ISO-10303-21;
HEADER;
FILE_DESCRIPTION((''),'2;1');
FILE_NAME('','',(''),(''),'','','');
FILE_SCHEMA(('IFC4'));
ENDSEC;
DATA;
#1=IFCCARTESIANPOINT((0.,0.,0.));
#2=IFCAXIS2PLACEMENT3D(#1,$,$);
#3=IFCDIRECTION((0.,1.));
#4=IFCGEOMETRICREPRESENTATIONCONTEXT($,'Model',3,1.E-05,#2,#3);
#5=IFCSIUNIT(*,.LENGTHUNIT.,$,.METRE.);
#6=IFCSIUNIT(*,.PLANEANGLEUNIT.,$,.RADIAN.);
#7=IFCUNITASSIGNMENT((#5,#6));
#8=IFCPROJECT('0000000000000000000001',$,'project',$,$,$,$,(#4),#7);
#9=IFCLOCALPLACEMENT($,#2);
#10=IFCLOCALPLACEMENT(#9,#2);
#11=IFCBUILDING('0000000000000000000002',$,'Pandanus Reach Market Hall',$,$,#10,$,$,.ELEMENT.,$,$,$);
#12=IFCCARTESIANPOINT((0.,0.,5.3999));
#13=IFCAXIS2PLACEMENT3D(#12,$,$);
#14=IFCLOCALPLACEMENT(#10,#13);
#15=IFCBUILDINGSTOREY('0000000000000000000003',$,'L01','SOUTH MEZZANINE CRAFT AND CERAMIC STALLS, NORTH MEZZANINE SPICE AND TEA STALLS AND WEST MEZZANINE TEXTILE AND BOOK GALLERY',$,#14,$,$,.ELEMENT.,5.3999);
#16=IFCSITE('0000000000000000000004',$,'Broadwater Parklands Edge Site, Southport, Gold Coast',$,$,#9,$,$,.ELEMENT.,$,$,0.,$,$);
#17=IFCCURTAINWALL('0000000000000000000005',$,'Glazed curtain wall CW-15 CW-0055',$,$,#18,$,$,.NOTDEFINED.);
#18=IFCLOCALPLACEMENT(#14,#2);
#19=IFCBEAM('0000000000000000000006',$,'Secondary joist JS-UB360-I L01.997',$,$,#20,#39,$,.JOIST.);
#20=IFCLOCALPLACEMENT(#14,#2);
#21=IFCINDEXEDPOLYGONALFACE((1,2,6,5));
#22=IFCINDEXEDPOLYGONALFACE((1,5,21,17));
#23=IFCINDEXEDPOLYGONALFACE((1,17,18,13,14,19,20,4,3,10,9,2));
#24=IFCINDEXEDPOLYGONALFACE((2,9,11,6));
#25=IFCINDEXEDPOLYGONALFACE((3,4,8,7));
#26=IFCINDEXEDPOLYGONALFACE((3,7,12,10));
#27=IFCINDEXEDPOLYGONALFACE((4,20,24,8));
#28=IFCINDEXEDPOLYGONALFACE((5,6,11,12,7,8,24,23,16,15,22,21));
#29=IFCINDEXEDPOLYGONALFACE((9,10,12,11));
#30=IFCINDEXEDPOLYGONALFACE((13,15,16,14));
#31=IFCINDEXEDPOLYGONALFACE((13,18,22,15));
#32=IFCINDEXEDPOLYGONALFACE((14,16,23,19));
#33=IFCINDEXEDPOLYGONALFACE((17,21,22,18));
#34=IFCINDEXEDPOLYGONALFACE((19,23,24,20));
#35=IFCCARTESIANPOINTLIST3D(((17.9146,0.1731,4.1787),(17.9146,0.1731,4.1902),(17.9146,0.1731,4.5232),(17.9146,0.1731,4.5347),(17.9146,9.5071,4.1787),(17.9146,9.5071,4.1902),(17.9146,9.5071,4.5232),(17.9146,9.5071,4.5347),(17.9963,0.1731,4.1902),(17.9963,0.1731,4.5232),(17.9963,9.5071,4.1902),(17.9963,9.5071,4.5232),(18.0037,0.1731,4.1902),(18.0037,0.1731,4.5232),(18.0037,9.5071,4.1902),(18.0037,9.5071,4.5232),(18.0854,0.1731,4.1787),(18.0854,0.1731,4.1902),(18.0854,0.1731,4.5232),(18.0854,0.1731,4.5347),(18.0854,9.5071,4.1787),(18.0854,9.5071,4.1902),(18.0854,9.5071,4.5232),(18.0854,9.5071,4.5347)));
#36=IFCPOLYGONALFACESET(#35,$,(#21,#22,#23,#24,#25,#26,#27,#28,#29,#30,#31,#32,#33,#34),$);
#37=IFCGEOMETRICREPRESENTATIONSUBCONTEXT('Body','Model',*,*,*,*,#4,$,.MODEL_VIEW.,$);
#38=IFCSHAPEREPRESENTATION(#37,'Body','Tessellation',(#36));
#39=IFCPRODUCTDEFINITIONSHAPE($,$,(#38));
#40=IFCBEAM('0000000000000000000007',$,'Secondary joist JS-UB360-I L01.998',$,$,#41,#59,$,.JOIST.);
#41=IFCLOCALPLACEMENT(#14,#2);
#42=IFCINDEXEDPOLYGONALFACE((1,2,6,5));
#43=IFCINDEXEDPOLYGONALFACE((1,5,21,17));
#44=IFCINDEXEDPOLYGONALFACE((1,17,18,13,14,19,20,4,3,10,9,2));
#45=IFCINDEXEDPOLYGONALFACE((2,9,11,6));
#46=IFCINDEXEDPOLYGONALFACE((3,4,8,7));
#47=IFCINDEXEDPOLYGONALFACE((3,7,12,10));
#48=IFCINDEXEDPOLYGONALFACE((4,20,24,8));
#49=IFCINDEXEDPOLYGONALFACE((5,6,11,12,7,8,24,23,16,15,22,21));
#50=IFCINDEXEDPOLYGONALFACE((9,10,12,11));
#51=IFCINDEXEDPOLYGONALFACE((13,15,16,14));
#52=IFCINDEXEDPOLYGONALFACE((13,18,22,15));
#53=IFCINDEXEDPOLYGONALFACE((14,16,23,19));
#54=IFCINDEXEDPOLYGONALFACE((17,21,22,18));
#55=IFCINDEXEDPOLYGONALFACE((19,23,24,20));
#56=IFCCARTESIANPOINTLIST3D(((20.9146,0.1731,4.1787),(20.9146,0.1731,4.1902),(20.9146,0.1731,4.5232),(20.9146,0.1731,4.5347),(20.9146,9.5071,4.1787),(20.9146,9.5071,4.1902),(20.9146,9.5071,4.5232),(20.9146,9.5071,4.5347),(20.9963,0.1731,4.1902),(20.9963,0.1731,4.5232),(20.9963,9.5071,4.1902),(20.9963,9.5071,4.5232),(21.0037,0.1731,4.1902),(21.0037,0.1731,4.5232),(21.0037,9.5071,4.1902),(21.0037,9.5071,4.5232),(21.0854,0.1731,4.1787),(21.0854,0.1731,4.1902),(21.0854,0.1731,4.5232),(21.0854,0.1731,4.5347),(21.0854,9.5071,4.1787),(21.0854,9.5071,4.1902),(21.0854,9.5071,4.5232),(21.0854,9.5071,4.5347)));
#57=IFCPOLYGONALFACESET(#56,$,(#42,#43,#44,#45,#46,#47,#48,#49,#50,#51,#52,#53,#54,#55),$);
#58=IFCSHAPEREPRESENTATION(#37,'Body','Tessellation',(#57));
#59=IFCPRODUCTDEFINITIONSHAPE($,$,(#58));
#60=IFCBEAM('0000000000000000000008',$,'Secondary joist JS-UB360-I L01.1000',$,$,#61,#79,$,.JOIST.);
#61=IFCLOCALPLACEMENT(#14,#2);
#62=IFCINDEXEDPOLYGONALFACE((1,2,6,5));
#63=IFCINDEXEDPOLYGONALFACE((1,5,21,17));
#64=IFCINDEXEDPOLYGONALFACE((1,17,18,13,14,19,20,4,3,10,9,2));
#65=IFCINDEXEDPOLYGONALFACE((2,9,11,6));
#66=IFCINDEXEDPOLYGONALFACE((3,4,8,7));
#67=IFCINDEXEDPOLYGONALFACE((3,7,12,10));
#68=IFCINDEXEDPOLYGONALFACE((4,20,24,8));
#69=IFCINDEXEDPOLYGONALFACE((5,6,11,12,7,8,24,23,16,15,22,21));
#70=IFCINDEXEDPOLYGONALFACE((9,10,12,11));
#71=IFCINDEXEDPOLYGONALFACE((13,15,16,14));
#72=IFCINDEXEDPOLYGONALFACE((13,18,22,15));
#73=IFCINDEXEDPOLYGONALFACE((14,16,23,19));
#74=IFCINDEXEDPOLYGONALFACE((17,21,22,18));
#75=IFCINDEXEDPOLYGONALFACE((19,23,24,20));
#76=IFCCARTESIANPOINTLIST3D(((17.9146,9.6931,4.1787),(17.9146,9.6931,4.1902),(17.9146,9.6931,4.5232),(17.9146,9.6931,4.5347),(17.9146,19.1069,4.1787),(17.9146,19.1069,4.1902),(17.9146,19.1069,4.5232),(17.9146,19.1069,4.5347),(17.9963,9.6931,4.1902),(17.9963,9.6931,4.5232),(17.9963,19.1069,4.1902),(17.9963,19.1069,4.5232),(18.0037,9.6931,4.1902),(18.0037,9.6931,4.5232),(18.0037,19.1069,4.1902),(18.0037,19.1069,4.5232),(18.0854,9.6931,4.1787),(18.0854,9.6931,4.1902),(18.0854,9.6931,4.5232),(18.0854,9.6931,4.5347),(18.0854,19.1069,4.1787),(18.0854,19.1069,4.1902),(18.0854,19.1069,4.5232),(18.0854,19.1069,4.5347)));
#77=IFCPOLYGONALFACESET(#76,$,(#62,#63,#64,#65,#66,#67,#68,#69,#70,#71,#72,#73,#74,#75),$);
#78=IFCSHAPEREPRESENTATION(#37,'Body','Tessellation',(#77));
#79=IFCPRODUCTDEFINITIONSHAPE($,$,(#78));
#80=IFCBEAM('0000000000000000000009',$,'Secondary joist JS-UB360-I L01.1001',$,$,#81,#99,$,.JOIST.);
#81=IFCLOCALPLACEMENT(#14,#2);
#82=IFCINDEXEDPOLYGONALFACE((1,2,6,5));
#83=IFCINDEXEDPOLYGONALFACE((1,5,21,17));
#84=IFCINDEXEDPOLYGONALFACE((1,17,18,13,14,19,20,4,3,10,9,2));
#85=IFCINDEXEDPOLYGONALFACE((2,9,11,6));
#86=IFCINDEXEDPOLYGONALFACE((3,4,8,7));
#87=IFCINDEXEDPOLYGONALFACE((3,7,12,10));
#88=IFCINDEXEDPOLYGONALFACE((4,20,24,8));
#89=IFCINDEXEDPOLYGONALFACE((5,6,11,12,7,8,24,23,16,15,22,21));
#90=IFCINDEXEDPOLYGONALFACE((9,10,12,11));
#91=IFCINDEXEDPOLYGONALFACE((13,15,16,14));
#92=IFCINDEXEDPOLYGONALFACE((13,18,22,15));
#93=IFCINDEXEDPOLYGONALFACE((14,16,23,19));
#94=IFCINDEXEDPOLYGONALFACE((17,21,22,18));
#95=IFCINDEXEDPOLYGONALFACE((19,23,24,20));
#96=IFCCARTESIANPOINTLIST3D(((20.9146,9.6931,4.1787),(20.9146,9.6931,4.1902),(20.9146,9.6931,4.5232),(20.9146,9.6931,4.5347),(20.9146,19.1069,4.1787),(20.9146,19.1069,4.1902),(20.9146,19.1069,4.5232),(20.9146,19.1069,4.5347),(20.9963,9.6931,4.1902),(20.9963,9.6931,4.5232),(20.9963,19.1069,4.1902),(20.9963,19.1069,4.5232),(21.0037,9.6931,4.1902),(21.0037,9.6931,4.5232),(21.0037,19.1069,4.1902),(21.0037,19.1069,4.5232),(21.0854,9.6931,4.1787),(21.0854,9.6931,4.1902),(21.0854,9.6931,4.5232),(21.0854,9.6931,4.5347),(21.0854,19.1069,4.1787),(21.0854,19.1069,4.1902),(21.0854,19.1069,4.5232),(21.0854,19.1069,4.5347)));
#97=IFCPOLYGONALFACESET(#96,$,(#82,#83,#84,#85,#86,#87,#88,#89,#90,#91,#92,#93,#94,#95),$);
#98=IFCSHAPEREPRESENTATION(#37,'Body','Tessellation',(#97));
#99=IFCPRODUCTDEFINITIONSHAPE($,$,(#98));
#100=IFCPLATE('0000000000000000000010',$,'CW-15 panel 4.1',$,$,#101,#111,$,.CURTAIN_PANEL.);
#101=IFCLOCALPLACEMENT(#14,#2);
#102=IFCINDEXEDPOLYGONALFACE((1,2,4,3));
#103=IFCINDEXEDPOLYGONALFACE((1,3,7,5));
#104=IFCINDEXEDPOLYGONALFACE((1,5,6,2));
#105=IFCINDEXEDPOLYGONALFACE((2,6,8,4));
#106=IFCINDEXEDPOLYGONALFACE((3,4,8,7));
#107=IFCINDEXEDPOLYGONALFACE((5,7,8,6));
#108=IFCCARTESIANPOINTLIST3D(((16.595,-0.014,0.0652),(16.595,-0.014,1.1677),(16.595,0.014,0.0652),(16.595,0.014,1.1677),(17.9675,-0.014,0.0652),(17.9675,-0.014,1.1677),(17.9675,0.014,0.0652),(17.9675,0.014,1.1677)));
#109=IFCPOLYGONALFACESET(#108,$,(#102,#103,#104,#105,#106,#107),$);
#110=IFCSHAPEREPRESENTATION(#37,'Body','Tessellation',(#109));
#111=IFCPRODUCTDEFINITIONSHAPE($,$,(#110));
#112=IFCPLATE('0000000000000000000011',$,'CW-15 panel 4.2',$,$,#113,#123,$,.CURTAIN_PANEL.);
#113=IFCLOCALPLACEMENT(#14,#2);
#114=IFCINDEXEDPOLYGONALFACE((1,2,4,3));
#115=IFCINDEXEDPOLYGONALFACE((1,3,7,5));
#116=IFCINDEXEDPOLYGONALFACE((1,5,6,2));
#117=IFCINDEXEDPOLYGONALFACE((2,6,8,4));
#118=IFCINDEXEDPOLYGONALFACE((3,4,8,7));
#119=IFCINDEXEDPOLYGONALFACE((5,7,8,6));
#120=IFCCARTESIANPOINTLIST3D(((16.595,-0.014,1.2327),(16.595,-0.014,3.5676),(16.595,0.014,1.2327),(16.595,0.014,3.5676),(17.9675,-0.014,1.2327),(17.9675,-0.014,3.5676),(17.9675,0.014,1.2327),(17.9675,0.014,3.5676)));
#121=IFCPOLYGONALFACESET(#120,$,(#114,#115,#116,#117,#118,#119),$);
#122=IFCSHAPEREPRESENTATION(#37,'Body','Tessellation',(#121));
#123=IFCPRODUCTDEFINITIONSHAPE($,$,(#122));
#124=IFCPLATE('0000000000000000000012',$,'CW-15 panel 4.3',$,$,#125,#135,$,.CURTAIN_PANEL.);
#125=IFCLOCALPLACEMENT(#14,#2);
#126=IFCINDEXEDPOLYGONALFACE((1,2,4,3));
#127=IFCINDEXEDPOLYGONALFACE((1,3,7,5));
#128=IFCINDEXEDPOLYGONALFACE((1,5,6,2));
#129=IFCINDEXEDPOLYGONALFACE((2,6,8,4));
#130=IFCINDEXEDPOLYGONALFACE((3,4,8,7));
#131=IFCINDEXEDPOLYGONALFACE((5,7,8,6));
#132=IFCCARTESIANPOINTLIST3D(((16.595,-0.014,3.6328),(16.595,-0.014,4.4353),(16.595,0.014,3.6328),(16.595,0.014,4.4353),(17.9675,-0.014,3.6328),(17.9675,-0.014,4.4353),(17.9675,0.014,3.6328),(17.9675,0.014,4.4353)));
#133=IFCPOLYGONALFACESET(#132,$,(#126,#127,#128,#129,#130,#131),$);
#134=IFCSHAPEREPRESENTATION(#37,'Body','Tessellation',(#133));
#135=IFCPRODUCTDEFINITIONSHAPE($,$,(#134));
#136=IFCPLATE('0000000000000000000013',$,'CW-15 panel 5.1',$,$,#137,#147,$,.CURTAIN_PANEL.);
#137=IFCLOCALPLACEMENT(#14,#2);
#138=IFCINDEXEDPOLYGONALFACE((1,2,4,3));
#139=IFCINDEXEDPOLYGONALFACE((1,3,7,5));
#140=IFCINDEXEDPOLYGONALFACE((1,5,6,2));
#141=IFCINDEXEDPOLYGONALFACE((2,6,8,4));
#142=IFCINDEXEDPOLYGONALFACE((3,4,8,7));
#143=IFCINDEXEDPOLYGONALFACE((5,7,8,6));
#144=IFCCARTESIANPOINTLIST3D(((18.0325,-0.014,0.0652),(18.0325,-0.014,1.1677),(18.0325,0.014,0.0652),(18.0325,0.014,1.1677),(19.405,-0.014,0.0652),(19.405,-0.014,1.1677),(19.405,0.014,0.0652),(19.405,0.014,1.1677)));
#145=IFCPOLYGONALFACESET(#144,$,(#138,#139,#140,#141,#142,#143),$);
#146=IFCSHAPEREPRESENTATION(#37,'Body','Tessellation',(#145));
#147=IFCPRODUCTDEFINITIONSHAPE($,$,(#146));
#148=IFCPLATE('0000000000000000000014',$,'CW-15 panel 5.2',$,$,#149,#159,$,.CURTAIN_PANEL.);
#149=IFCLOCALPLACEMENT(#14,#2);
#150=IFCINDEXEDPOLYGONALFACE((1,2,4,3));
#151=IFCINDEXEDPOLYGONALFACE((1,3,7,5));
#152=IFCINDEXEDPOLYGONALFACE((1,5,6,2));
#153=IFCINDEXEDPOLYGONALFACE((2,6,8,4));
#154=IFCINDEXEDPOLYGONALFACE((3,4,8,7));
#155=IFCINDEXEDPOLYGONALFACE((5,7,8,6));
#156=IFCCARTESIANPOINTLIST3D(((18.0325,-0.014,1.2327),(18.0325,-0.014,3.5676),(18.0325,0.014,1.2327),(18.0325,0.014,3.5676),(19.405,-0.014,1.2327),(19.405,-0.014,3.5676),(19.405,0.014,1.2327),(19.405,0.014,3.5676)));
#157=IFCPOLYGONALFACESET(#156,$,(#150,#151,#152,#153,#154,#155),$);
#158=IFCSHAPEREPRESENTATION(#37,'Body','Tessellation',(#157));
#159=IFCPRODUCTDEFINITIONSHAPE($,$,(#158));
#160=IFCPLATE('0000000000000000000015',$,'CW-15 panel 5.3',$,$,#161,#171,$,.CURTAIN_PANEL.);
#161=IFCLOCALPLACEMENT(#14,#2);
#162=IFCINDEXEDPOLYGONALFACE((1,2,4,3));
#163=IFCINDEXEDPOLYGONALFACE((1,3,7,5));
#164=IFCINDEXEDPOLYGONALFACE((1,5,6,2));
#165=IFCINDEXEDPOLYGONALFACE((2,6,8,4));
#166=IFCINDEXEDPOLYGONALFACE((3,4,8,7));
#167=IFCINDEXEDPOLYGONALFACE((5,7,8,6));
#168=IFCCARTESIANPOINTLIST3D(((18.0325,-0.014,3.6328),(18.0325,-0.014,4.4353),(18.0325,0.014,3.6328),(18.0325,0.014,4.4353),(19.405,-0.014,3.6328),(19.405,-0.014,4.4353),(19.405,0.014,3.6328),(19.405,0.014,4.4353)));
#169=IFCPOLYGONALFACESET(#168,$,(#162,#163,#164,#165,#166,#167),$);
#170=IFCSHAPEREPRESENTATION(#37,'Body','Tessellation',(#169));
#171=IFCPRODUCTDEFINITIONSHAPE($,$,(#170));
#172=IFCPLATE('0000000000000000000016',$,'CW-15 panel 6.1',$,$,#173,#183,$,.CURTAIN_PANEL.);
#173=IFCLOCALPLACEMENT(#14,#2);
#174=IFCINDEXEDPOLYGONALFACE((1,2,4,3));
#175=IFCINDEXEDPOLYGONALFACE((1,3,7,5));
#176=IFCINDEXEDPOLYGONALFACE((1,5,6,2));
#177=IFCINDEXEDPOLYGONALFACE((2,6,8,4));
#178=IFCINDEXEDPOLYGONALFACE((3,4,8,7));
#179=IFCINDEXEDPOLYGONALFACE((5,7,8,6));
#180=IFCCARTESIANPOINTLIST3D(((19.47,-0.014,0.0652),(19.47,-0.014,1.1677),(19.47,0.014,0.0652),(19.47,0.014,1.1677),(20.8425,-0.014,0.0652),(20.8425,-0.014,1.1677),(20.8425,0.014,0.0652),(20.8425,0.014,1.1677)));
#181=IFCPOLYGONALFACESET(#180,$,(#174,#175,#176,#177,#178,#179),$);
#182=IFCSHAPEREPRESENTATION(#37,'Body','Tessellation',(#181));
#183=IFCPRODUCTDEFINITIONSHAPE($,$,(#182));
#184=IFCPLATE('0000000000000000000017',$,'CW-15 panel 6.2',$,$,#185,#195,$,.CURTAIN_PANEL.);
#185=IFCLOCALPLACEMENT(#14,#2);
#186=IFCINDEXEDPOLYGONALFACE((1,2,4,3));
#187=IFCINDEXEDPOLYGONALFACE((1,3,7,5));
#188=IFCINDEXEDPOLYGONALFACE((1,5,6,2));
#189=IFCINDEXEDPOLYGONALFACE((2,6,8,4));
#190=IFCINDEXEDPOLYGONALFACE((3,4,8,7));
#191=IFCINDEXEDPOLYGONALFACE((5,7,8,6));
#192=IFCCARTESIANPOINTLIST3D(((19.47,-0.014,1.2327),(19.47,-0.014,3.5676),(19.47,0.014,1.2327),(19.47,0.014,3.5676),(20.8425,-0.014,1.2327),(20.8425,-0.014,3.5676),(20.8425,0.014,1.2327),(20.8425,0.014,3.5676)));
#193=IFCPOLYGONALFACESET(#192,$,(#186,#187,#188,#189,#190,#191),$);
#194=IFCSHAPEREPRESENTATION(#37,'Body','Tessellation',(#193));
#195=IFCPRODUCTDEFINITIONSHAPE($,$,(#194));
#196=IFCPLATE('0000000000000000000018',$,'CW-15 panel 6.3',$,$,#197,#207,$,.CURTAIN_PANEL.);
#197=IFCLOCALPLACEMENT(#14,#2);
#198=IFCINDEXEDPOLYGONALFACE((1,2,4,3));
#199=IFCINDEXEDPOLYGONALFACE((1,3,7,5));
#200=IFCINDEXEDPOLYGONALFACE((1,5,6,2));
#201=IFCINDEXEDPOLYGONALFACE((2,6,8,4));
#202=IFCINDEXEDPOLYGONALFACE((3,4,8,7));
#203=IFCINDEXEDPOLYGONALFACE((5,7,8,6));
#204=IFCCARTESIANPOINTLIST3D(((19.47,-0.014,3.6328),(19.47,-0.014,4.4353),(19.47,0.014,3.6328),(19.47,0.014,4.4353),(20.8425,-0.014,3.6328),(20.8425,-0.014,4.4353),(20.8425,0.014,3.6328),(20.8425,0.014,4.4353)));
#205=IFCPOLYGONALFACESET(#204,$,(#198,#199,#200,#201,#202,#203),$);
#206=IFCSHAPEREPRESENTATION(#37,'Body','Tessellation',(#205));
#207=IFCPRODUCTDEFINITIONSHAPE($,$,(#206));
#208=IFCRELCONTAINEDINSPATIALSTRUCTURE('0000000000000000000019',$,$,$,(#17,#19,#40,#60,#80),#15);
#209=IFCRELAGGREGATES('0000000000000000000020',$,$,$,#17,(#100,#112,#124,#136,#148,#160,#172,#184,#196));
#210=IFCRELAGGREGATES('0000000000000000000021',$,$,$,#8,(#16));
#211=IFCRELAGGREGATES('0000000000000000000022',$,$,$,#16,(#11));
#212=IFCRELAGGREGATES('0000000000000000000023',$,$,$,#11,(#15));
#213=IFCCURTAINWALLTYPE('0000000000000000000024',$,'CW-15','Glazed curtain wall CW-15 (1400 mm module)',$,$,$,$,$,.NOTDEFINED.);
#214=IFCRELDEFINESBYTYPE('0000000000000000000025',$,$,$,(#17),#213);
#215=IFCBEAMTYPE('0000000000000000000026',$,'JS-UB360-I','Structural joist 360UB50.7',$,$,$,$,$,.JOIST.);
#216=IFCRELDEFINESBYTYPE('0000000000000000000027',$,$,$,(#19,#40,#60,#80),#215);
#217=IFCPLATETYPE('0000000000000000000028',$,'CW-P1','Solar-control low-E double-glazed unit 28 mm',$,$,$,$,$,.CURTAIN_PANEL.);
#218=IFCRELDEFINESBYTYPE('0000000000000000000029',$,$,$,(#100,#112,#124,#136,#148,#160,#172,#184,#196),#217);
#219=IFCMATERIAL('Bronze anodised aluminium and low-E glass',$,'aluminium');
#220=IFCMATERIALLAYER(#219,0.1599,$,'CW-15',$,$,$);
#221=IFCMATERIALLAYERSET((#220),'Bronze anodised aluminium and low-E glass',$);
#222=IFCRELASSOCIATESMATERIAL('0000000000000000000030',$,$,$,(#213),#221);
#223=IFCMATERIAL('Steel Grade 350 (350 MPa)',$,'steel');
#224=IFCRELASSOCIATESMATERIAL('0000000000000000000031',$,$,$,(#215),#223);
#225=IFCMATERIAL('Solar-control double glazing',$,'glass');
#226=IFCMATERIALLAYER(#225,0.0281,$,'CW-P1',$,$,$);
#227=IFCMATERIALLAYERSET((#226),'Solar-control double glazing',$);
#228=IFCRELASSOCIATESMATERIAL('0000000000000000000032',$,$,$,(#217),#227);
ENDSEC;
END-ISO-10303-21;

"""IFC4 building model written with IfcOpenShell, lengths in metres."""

from ifc_helpers import new_model, si_unit, direction, frame, origin, origin_2d, place, context, subcontext, project, spatial, rectangle, i_section, extrude, material, layer, layer_set, material_profile, profile_set, type_object, element, aggregate, save


model = new_model("IFC4")

# Units and contexts
model_context = context("Model", 3, precision=1e-05, world=origin(), true_north=direction((0.0, 1.0)))
body_context = subcontext(model_context, "Body", "Model", "MODEL_VIEW")
ifc_project = project(units=[si_unit("LENGTHUNIT", "METRE"), si_unit("PLANEANGLEUNIT", "RADIAN")], contexts=[model_context])

# Site, building, storey
site_placement = place(None, origin())
site = spatial("IfcSite", under=ifc_project, at=site_placement, Name="Broadwater Parklands Edge Site, Southport, Gold Coast", CompositionType="ELEMENT", RefElevation=0.0)
building_placement = place(site_placement, origin())
building = spatial("IfcBuilding", under=site, at=building_placement, Name="Pandanus Reach Market Hall", CompositionType="ELEMENT")
storey_placement = place(building_placement, frame((0.0, 0.0, 5.3999)))
storey = spatial("IfcBuildingStorey", under=building, at=storey_placement, Name="L01", Description="SOUTH MEZZANINE CRAFT AND CERAMIC STALLS, NORTH MEZZANINE SPICE AND TEA STALLS AND WEST MEZZANINE TEXTILE AND BOOK GALLERY", CompositionType="ELEMENT", Elevation=5.3999)

# Curtain wall
ifc_material_1 = material(Name="Bronze anodised aluminium and low-E glass", Category="aluminium")
ifc_layer_1 = layer(ifc_material_1, 0.1599, Name="CW-15")
ifc_layer_set_1 = layer_set([ifc_layer_1], Name="Bronze anodised aluminium and low-E glass")
curtain_wall_type = type_object("IfcCurtainWallType", Name="CW-15", Description="Glazed curtain wall CW-15 (1400 mm module)", PredefinedType="NOTDEFINED", material=ifc_layer_set_1)
curtain_wall_placement = place(storey_placement, origin())
curtain_wall = element("IfcCurtainWall", 1, at=curtain_wall_placement, inside=storey, type_object=curtain_wall_type, Name="Glazed curtain wall CW-15 CW-0055", PredefinedType="NOTDEFINED")

# Beams
ifc_material_2 = material(Name="Steel Grade 350 (350 MPa)", Category="steel")
ifc_material_profile_1 = material_profile(ifc_material_2, i_section(OverallWidth=0.1709, OverallDepth=0.356, WebThickness=0.0073, FlangeThickness=0.0115, at=origin_2d()), Name="360UB50.7", Category="LoadBearing")
ifc_profile_set_1 = profile_set([ifc_material_profile_1], Name="Steel Grade 350 (350 MPa)")
beam_type = type_object("IfcBeamType", Name="JS-UB360-I", Description="Structural joist 360UB50.7", PredefinedType="JOIST", material=ifc_profile_set_1)
for number, where, z_axis, x_axis, name in (
    (2, (18.0, 0.1731, 4.3567), (0.0, 1.0, 0.0), (-1.0, 0.0, 0.0), "Secondary joist JS-UB360-I L01.997"),
    (3, (21.0, 0.1731, 4.3567), (0.0, 1.0, 0.0), (-1.0, 0.0, 0.0), "Secondary joist JS-UB360-I L01.998"),
):
    element("IfcBeam", number, at=place(storey_placement, frame(where, z_axis=z_axis, x_axis=x_axis)), inside=storey, type_object=beam_type, Name=name, PredefinedType="JOIST", context=body_context, shape_type="SweptSolid", body=[
        extrude(i_section(OverallWidth=0.1709, OverallDepth=0.356, WebThickness=0.0073, FlangeThickness=0.0115, at=origin_2d()), origin(), (0.0, 0.0, 1.0), 9.334),
    ])
for number, where, z_axis, x_axis, name in (
    (4, (18.0, 9.6931, 4.3567), (0.0, 1.0, 0.0), (-1.0, 0.0, 0.0), "Secondary joist JS-UB360-I L01.1000"),
    (5, (21.0, 9.6931, 4.3567), (0.0, 1.0, 0.0), (-1.0, 0.0, 0.0), "Secondary joist JS-UB360-I L01.1001"),
):
    element("IfcBeam", number, at=place(storey_placement, frame(where, z_axis=z_axis, x_axis=x_axis)), inside=storey, type_object=beam_type, Name=name, PredefinedType="JOIST", context=body_context, shape_type="SweptSolid", body=[
        extrude(i_section(OverallWidth=0.1709, OverallDepth=0.356, WebThickness=0.0073, FlangeThickness=0.0115, at=origin_2d()), origin(), (0.0, 0.0, 1.0), 9.4138),
    ])

# Plates
ifc_material_3 = material(Name="Solar-control double glazing", Category="glass")
ifc_layer_2 = layer(ifc_material_3, 0.0281, Name="CW-P1")
ifc_layer_set_2 = layer_set([ifc_layer_2], Name="Solar-control double glazing")
plate_type = type_object("IfcPlateType", Name="CW-P1", Description="Solar-control low-E double-glazed unit 28 mm", PredefinedType="CURTAIN_PANEL", material=ifc_layer_set_2)
plate_1_placement = place(storey_placement, frame((17.2812, 0.0, 0.0652), z_axis=(0.0, 0.0, 1.0), x_axis=(1.0, 0.0, 0.0)))
plate_1 = element("IfcPlate", 6, at=plate_1_placement, type_object=plate_type, Name="CW-15 panel 4.1", PredefinedType="CURTAIN_PANEL", context=body_context, shape_type="SweptSolid", body=[
    extrude(rectangle(XDim=1.3726, YDim=0.0281, at=origin_2d()), origin(), (0.0, 0.0, 1.0), 1.1025),
])
plate_2_placement = place(storey_placement, frame((17.2812, 0.0, 1.2327), z_axis=(0.0, 0.0, 1.0), x_axis=(1.0, 0.0, 0.0)))
plate_2 = element("IfcPlate", 7, at=plate_2_placement, type_object=plate_type, Name="CW-15 panel 4.2", PredefinedType="CURTAIN_PANEL", context=body_context, shape_type="SweptSolid", body=[
    extrude(rectangle(XDim=1.3726, YDim=0.0281, at=origin_2d()), origin(), (0.0, 0.0, 1.0), 2.335),
])
plate_3_placement = place(storey_placement, frame((17.2812, 0.0, 3.6328), z_axis=(0.0, 0.0, 1.0), x_axis=(1.0, 0.0, 0.0)))
plate_3 = element("IfcPlate", 8, at=plate_3_placement, type_object=plate_type, Name="CW-15 panel 4.3", PredefinedType="CURTAIN_PANEL", context=body_context, shape_type="SweptSolid", body=[
    extrude(rectangle(XDim=1.3726, YDim=0.0281, at=origin_2d()), origin(), (0.0, 0.0, 1.0), 0.8025),
])
plate_4_placement = place(storey_placement, frame((18.7188, 0.0, 0.0652), z_axis=(0.0, 0.0, 1.0), x_axis=(1.0, 0.0, 0.0)))
plate_4 = element("IfcPlate", 9, at=plate_4_placement, type_object=plate_type, Name="CW-15 panel 5.1", PredefinedType="CURTAIN_PANEL", context=body_context, shape_type="SweptSolid", body=[
    extrude(rectangle(XDim=1.3726, YDim=0.0281, at=origin_2d()), origin(), (0.0, 0.0, 1.0), 1.1025),
])
plate_5_placement = place(storey_placement, frame((18.7188, 0.0, 1.2327), z_axis=(0.0, 0.0, 1.0), x_axis=(1.0, 0.0, 0.0)))
plate_5 = element("IfcPlate", 10, at=plate_5_placement, type_object=plate_type, Name="CW-15 panel 5.2", PredefinedType="CURTAIN_PANEL", context=body_context, shape_type="SweptSolid", body=[
    extrude(rectangle(XDim=1.3726, YDim=0.0281, at=origin_2d()), origin(), (0.0, 0.0, 1.0), 2.335),
])
plate_6_placement = place(storey_placement, frame((18.7188, 0.0, 3.6328), z_axis=(0.0, 0.0, 1.0), x_axis=(1.0, 0.0, 0.0)))
plate_6 = element("IfcPlate", 11, at=plate_6_placement, type_object=plate_type, Name="CW-15 panel 5.3", PredefinedType="CURTAIN_PANEL", context=body_context, shape_type="SweptSolid", body=[
    extrude(rectangle(XDim=1.3726, YDim=0.0281, at=origin_2d()), origin(), (0.0, 0.0, 1.0), 0.8025),
])
plate_7_placement = place(storey_placement, frame((20.1562, 0.0, 0.0652), z_axis=(0.0, 0.0, 1.0), x_axis=(1.0, 0.0, 0.0)))
plate_7 = element("IfcPlate", 12, at=plate_7_placement, type_object=plate_type, Name="CW-15 panel 6.1", PredefinedType="CURTAIN_PANEL", context=body_context, shape_type="SweptSolid", body=[
    extrude(rectangle(XDim=1.3726, YDim=0.0281, at=origin_2d()), origin(), (0.0, 0.0, 1.0), 1.1025),
])
plate_8_placement = place(storey_placement, frame((20.1562, 0.0, 1.2327), z_axis=(0.0, 0.0, 1.0), x_axis=(1.0, 0.0, 0.0)))
plate_8 = element("IfcPlate", 13, at=plate_8_placement, type_object=plate_type, Name="CW-15 panel 6.2", PredefinedType="CURTAIN_PANEL", context=body_context, shape_type="SweptSolid", body=[
    extrude(rectangle(XDim=1.3726, YDim=0.0281, at=origin_2d()), origin(), (0.0, 0.0, 1.0), 2.335),
])
plate_9_placement = place(storey_placement, frame((20.1562, 0.0, 3.6328), z_axis=(0.0, 0.0, 1.0), x_axis=(1.0, 0.0, 0.0)))
plate_9 = element("IfcPlate", 14, at=plate_9_placement, type_object=plate_type, Name="CW-15 panel 6.3", PredefinedType="CURTAIN_PANEL", context=body_context, shape_type="SweptSolid", body=[
    extrude(rectangle(XDim=1.3726, YDim=0.0281, at=origin_2d()), origin(), (0.0, 0.0, 1.0), 0.8025),
])
aggregate(curtain_wall, [plate_1, plate_2, plate_3, plate_4, plate_5, plate_6, plate_7, plate_8, plate_9])

save(model, "model.ifc")
